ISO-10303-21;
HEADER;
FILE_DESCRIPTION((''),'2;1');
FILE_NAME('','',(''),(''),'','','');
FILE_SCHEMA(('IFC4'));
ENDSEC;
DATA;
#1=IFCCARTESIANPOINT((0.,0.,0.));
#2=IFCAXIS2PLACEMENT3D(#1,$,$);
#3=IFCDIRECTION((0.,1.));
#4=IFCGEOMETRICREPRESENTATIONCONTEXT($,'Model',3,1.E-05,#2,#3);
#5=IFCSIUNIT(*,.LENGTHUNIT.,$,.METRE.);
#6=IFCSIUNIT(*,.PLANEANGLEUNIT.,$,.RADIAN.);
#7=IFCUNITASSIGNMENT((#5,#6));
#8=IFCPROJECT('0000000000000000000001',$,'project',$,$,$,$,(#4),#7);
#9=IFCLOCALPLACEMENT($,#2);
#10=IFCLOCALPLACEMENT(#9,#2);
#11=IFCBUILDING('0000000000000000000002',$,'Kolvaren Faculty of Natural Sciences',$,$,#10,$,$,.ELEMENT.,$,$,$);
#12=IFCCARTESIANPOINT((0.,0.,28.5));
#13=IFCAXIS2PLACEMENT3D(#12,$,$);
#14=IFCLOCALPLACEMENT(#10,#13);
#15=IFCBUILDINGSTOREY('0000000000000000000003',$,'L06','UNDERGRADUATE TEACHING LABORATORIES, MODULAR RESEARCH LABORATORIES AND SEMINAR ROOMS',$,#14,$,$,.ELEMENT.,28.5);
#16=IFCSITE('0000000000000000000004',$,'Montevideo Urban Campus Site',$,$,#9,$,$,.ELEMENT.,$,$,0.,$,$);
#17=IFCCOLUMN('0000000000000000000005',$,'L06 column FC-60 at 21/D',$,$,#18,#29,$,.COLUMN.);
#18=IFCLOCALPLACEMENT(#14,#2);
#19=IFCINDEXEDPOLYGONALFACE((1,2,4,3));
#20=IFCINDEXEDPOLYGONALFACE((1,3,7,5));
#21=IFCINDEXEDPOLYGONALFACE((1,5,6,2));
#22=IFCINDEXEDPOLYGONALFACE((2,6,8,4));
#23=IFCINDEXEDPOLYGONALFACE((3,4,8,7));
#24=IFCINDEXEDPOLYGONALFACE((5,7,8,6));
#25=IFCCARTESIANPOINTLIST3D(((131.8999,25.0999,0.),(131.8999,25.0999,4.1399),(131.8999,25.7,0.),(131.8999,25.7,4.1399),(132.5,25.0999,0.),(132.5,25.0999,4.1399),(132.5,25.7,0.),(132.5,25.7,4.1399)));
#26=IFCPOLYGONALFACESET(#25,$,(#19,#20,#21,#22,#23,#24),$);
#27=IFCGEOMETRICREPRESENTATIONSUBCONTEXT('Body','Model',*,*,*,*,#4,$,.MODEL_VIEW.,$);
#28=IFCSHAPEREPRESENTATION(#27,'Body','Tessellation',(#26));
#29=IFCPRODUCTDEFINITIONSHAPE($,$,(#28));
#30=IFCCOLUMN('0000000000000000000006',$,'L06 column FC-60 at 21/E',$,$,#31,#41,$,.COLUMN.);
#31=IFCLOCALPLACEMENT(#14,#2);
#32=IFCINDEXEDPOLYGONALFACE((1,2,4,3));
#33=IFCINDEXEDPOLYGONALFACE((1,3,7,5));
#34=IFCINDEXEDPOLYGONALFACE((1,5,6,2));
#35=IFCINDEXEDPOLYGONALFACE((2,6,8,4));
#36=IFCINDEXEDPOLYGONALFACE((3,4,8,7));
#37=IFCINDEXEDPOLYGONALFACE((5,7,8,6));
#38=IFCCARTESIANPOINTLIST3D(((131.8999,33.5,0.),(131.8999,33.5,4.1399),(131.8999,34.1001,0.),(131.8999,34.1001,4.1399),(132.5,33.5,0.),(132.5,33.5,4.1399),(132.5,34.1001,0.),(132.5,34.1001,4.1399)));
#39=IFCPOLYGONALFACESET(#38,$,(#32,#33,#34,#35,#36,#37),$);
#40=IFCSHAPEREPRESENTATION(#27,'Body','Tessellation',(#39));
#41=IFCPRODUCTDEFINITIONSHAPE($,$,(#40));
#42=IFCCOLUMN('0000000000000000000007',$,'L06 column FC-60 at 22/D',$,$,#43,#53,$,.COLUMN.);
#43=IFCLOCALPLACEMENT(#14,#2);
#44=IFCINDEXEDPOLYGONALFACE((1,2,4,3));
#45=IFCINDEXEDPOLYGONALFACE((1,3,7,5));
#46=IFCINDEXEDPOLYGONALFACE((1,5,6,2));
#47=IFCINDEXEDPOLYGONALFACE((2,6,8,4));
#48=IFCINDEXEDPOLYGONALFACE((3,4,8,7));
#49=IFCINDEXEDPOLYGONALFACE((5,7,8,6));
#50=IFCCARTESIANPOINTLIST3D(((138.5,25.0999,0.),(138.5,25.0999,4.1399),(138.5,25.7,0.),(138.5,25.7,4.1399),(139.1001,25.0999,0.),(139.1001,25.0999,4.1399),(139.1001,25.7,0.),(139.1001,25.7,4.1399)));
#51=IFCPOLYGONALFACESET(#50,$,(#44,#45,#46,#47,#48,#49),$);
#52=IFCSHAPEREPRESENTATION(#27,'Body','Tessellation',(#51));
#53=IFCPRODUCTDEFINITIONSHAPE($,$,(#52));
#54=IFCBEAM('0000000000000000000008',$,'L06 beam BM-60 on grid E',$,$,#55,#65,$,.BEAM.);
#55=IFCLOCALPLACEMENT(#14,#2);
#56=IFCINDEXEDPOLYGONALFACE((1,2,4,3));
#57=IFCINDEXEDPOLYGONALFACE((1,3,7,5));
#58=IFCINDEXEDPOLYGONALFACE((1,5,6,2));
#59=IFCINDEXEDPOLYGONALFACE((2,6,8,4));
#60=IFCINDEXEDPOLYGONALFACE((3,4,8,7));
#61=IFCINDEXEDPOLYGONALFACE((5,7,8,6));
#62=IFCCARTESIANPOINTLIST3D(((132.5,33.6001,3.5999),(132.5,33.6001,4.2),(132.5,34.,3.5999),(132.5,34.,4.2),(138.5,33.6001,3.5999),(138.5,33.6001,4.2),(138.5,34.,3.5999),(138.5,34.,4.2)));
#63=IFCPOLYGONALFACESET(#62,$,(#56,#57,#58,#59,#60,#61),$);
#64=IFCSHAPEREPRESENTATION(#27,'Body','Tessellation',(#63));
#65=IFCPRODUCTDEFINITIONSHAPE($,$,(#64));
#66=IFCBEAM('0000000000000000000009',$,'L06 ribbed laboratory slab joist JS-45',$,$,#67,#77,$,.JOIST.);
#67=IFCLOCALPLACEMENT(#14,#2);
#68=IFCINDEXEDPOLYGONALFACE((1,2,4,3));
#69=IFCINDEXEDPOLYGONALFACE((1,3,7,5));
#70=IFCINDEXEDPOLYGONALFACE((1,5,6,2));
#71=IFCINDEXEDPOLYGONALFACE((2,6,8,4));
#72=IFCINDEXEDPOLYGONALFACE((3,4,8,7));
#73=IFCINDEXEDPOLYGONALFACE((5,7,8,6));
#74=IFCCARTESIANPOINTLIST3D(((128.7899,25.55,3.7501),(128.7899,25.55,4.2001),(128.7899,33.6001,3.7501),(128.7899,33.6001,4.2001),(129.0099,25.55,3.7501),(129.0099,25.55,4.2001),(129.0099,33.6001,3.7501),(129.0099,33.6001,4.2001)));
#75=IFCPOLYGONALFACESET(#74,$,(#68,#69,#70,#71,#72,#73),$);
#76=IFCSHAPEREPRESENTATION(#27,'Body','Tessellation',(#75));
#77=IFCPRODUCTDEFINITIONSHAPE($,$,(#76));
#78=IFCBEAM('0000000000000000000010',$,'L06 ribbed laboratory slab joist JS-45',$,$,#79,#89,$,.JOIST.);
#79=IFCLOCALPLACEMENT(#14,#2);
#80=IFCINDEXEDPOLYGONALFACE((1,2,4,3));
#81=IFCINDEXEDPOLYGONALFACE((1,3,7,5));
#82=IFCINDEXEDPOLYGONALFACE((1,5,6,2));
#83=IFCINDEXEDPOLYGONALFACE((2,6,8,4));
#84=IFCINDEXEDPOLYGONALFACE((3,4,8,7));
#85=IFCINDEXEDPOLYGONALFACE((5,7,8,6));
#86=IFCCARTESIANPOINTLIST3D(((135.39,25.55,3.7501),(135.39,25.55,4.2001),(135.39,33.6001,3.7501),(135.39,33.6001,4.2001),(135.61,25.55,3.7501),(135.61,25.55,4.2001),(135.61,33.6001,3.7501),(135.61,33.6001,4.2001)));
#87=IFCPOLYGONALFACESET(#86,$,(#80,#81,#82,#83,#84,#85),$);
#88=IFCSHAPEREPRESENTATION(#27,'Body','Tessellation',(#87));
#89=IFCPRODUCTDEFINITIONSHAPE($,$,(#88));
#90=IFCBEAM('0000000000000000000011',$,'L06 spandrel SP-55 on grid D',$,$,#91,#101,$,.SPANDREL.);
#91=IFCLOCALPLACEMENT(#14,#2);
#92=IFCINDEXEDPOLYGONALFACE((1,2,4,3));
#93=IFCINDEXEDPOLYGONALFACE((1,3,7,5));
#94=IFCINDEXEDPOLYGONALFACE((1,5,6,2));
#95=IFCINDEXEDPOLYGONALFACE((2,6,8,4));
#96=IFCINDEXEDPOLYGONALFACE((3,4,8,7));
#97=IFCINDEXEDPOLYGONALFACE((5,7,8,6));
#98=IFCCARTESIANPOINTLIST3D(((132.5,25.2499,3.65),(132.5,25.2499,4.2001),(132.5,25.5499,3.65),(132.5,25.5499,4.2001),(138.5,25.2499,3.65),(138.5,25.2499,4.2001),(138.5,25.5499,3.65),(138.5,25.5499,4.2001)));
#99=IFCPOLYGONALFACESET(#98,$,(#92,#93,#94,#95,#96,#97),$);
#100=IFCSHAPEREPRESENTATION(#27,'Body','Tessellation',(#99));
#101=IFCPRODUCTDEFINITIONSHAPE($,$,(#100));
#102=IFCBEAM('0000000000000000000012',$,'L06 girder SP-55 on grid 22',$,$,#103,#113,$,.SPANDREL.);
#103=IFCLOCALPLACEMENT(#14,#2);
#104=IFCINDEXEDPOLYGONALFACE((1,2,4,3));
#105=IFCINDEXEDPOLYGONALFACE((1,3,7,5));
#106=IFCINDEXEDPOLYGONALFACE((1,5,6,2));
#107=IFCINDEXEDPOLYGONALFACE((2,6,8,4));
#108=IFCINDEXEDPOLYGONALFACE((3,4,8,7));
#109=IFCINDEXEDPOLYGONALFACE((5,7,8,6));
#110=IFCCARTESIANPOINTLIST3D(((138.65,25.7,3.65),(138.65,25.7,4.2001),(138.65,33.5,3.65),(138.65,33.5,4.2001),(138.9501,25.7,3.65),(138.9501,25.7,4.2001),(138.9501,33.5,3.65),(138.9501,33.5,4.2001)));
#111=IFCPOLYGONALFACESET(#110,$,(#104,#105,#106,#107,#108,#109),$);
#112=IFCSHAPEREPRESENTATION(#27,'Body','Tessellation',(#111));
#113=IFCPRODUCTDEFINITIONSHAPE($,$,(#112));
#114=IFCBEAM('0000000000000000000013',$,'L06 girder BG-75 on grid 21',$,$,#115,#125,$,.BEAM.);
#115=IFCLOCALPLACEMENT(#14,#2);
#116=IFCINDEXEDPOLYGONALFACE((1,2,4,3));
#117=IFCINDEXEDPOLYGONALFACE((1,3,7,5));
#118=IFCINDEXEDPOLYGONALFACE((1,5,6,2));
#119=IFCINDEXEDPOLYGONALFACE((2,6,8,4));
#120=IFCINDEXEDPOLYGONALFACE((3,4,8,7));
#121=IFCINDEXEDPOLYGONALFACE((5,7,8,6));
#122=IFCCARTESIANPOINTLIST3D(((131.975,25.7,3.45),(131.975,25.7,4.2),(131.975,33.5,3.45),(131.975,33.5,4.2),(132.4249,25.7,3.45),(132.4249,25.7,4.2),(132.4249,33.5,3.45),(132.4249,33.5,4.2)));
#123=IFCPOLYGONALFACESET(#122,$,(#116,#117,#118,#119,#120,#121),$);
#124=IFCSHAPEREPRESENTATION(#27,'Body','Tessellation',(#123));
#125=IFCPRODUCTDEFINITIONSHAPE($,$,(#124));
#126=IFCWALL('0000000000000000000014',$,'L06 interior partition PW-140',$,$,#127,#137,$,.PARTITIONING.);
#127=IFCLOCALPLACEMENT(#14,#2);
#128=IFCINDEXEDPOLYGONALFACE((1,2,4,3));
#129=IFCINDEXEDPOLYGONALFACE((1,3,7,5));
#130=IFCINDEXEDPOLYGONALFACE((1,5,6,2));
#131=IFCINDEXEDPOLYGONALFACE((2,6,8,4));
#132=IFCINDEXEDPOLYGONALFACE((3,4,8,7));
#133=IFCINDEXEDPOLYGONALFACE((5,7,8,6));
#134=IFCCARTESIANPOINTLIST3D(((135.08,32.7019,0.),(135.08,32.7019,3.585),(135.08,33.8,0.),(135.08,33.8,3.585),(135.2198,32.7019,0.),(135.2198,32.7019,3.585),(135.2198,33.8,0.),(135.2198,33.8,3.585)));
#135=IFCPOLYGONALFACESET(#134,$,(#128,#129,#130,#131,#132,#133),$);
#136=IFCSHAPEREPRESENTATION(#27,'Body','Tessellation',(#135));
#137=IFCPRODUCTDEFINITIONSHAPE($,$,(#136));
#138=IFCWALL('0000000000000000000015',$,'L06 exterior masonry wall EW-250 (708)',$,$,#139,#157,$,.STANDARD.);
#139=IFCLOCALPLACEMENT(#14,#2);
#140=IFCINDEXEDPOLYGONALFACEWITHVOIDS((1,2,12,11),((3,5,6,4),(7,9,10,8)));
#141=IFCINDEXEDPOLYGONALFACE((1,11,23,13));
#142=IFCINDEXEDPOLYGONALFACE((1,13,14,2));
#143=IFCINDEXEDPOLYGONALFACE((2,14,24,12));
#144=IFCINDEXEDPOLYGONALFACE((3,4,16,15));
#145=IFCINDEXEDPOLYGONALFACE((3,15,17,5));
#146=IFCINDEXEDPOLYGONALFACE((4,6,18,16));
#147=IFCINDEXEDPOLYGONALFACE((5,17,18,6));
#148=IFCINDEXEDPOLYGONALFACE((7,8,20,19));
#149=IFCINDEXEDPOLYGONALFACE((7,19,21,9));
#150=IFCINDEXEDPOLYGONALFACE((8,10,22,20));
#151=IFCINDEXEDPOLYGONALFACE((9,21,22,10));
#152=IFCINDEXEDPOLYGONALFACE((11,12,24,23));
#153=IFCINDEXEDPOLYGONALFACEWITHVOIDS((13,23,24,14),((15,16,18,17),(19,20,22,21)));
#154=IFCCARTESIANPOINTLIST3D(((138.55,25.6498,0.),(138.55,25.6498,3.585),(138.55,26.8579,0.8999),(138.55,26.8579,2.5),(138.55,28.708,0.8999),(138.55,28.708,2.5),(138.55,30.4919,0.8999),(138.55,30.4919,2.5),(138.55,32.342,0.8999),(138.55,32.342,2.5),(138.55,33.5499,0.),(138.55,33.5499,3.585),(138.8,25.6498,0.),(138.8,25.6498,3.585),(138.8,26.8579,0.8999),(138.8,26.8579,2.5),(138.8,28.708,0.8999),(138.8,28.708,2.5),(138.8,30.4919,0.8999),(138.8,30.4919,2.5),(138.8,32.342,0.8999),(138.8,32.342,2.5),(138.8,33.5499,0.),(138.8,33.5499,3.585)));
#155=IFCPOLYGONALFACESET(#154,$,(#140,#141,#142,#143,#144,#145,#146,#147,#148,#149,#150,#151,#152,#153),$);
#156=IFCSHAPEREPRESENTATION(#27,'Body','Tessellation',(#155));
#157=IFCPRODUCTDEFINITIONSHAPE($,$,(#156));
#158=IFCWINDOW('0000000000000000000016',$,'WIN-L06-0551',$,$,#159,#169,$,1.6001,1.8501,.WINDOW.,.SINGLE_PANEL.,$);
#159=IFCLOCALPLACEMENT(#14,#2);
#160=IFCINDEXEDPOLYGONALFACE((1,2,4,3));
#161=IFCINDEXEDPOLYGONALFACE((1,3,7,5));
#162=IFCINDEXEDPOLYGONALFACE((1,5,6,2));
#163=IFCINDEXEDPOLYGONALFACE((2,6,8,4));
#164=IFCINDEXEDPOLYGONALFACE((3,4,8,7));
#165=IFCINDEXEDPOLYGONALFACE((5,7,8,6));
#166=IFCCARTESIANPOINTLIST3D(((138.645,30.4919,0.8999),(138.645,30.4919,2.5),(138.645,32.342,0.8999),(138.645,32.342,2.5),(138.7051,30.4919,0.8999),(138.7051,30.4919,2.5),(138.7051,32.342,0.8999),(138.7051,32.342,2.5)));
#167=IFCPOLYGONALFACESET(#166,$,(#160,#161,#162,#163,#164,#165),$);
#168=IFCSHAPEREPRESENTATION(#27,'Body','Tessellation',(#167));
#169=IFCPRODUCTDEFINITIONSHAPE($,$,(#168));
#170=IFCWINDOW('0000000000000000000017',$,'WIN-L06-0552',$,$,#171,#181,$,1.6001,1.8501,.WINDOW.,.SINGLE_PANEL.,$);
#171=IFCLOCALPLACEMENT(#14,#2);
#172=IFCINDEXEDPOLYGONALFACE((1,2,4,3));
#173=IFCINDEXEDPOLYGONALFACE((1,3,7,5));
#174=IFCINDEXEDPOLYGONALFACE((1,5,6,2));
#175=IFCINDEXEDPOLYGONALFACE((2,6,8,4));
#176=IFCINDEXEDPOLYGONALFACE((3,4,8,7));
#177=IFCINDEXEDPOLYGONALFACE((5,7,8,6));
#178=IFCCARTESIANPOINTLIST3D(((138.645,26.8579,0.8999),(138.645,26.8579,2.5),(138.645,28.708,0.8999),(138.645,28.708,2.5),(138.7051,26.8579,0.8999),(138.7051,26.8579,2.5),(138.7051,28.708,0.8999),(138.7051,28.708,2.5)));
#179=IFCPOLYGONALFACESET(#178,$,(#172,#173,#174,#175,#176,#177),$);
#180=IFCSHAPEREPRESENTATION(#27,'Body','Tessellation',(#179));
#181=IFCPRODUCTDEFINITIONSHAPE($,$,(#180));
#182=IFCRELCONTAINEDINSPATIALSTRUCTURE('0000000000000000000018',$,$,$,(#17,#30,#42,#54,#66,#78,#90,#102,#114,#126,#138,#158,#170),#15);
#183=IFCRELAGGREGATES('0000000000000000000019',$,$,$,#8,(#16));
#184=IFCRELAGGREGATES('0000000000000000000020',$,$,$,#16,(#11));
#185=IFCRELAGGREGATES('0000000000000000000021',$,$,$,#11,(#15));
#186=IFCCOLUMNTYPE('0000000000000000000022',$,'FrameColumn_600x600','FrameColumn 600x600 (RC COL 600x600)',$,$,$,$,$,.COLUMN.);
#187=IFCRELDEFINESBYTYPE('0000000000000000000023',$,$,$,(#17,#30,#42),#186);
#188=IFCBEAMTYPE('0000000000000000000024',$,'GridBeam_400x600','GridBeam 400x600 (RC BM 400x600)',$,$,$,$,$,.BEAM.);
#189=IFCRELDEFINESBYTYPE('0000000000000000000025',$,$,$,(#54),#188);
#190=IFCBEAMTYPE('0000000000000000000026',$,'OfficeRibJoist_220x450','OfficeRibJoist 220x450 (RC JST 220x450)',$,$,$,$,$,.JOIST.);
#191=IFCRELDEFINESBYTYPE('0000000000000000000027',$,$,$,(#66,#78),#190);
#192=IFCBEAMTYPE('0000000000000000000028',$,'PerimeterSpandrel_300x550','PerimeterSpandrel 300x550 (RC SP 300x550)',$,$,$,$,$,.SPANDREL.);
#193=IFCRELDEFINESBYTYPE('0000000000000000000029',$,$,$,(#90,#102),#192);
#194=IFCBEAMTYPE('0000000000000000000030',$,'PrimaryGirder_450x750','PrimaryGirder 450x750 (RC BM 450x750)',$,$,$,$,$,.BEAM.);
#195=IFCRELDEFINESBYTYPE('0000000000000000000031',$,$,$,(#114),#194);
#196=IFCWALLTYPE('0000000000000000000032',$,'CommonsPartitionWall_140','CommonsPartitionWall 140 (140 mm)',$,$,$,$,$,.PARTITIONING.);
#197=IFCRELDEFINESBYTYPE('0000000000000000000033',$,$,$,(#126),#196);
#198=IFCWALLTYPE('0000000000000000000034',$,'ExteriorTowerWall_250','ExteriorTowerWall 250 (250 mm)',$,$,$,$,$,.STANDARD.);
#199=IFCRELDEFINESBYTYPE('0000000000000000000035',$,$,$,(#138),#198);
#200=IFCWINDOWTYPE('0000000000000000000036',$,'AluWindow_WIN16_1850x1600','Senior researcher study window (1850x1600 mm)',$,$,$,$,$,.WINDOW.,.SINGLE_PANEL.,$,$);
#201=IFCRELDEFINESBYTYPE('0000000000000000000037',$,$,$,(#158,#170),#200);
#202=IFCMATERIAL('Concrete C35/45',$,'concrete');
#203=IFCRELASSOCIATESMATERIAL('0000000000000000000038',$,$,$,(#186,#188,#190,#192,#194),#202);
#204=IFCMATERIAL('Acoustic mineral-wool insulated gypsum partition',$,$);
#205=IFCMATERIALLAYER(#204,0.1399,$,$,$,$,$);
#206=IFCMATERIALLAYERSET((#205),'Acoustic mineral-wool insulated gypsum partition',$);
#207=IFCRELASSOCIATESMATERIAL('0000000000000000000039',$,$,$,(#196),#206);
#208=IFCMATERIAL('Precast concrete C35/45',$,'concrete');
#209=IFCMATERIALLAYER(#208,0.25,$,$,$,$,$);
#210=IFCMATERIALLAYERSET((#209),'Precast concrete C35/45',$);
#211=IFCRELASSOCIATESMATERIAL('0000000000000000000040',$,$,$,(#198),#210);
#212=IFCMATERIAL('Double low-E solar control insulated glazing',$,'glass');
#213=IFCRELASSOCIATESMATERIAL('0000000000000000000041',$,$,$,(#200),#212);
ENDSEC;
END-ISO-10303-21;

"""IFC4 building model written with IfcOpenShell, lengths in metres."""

from ifc_helpers import new_model, si_unit, direction, frame, frame_2d, origin, origin_2d, place, context, subcontext, project, spatial, rectangle, extrude, material, layer, layer_set, material_profile, profile_set, type_object, element, fill, save


model = new_model("IFC4")

# Units and contexts
model_context = context("Model", 3, precision=1e-05, world=origin(), true_north=direction((0.0, 1.0)))
body_context = subcontext(model_context, "Body", "Model", "MODEL_VIEW")
ifc_project = project(units=[si_unit("LENGTHUNIT", "METRE"), si_unit("PLANEANGLEUNIT", "RADIAN")], contexts=[model_context])

# Site, building, storey
site_placement = place(None, origin())
site = spatial("IfcSite", under=ifc_project, at=site_placement, Name="Montevideo Urban Campus Site", CompositionType="ELEMENT", RefElevation=0.0)
building_placement = place(site_placement, origin())
building = spatial("IfcBuilding", under=site, at=building_placement, Name="Kolvaren Faculty of Natural Sciences", CompositionType="ELEMENT")
storey_placement = place(building_placement, frame((0.0, 0.0, 28.5)))
storey = spatial("IfcBuildingStorey", under=building, at=storey_placement, Name="L06", Description="UNDERGRADUATE TEACHING LABORATORIES, MODULAR RESEARCH LABORATORIES AND SEMINAR ROOMS", CompositionType="ELEMENT", Elevation=28.5)

# Columns
ifc_material_1 = material(Name="Concrete C35/45", Category="concrete")
ifc_material_profile_1 = material_profile(ifc_material_1, rectangle(XDim=0.6001, YDim=0.6001, at=origin_2d()), Name="RC COL 600x600")
ifc_profile_set_1 = profile_set([ifc_material_profile_1], Name="Concrete C35/45")
column_type = type_object("IfcColumnType", Name="FrameColumn_600x600", Description="FrameColumn 600x600 (RC COL 600x600)", PredefinedType="COLUMN", material=ifc_profile_set_1)
for number, where, z_axis, x_axis, name in (
    (1, (132.2, 25.3999, 0.0), (0.0, 0.0, 1.0), (1.0, 0.0, 0.0), "L06 column FC-60 at 21/D"),
    (2, (132.2, 33.8, 0.0), (0.0, 0.0, 1.0), (1.0, 0.0, 0.0), "L06 column FC-60 at 21/E"),
    (3, (138.8, 25.3999, 0.0), (0.0, 0.0, 1.0), (1.0, 0.0, 0.0), "L06 column FC-60 at 22/D"),
):
    element("IfcColumn", number, at=place(storey_placement, frame(where, z_axis=z_axis, x_axis=x_axis)), inside=storey, type_object=column_type, Name=name, PredefinedType="COLUMN", context=body_context, shape_type="SweptSolid", body=[
        extrude(rectangle(XDim=0.6001, YDim=0.6001, at=origin_2d()), origin(), (0.0, 0.0, 1.0), 4.1399),
    ])

# Beams
ifc_material_profile_2 = material_profile(ifc_material_1, rectangle(XDim=0.3999, YDim=0.6001, at=origin_2d()), Name="RC BM 400x600")
ifc_profile_set_2 = profile_set([ifc_material_profile_2], Name="Concrete C35/45")
beam_type_1 = type_object("IfcBeamType", Name="GridBeam_400x600", Description="GridBeam 400x600 (RC BM 400x600)", PredefinedType="BEAM", material=ifc_profile_set_2)
beam_1_placement = place(storey_placement, frame((132.5, 33.8, 3.8999), z_axis=(1.0, 0.0, 0.0), x_axis=(0.0, 1.0, 0.0)))
element("IfcBeam", 4, at=beam_1_placement, inside=storey, type_object=beam_type_1, Name="L06 beam BM-60 on grid E", PredefinedType="BEAM", context=body_context, shape_type="SweptSolid", body=[
    extrude(rectangle(XDim=0.3999, YDim=0.6001, at=origin_2d()), origin(), (0.0, 0.0, 1.0), 6.0),
])
ifc_material_profile_3 = material_profile(ifc_material_1, rectangle(XDim=0.22, YDim=0.45, at=origin_2d()), Name="RC JST 220x450")
ifc_profile_set_3 = profile_set([ifc_material_profile_3], Name="Concrete C35/45")
beam_type_2 = type_object("IfcBeamType", Name="OfficeRibJoist_220x450", Description="OfficeRibJoist 220x450 (RC JST 220x450)", PredefinedType="JOIST", material=ifc_profile_set_3)
for number, where, z_axis, x_axis, name in (
    (5, (128.8999, 25.55, 3.9751), (0.0, 1.0, 0.0), (-1.0, 0.0, 0.0), "L06 ribbed laboratory slab joist JS-45"),
    (6, (135.5, 25.55, 3.9751), (0.0, 1.0, 0.0), (-1.0, 0.0, 0.0), "L06 ribbed laboratory slab joist JS-45"),
):
    element("IfcBeam", number, at=place(storey_placement, frame(where, z_axis=z_axis, x_axis=x_axis)), inside=storey, type_object=beam_type_2, Name=name, PredefinedType="JOIST", context=body_context, shape_type="SweptSolid", body=[
        extrude(rectangle(XDim=0.22, YDim=0.45, at=origin_2d()), origin(), (0.0, 0.0, 1.0), 8.05),
    ])
ifc_material_profile_4 = material_profile(ifc_material_1, rectangle(XDim=0.3, YDim=0.55, at=origin_2d()), Name="RC SP 300x550")
ifc_profile_set_4 = profile_set([ifc_material_profile_4], Name="Concrete C35/45")
beam_type_3 = type_object("IfcBeamType", Name="PerimeterSpandrel_300x550", Description="PerimeterSpandrel 300x550 (RC SP 300x550)", PredefinedType="SPANDREL", material=ifc_profile_set_4)
beam_2_placement = place(storey_placement, frame((132.5, 25.3999, 3.925), z_axis=(1.0, 0.0, 0.0), x_axis=(0.0, 1.0, 0.0)))
element("IfcBeam", 7, at=beam_2_placement, inside=storey, type_object=beam_type_3, Name="L06 spandrel SP-55 on grid D", PredefinedType="SPANDREL", context=body_context, shape_type="SweptSolid", body=[
    extrude(rectangle(XDim=0.3, YDim=0.55, at=origin_2d()), origin(), (0.0, 0.0, 1.0), 6.0),
])
beam_3_placement = place(storey_placement, frame((138.8, 25.7, 3.925), z_axis=(0.0, 1.0, 0.0), x_axis=(-1.0, 0.0, 0.0)))
element("IfcBeam", 8, at=beam_3_placement, inside=storey, type_object=beam_type_3, Name="L06 girder SP-55 on grid 22", PredefinedType="SPANDREL", context=body_context, shape_type="SweptSolid", body=[
    extrude(rectangle(XDim=0.3, YDim=0.55, at=origin_2d()), origin(), (0.0, 0.0, 1.0), 7.8),
])
ifc_material_profile_5 = material_profile(ifc_material_1, rectangle(XDim=0.45, YDim=0.75, at=origin_2d()), Name="RC BM 450x750")
ifc_profile_set_5 = profile_set([ifc_material_profile_5], Name="Concrete C35/45")
beam_type_4 = type_object("IfcBeamType", Name="PrimaryGirder_450x750", Description="PrimaryGirder 450x750 (RC BM 450x750)", PredefinedType="BEAM", material=ifc_profile_set_5)
beam_4_placement = place(storey_placement, frame((132.2, 25.7, 3.825), z_axis=(0.0, 1.0, 0.0), x_axis=(-1.0, 0.0, 0.0)))
element("IfcBeam", 9, at=beam_4_placement, inside=storey, type_object=beam_type_4, Name="L06 girder BG-75 on grid 21", PredefinedType="BEAM", context=body_context, shape_type="SweptSolid", body=[
    extrude(rectangle(XDim=0.45, YDim=0.75, at=origin_2d()), origin(), (0.0, 0.0, 1.0), 7.8),
])

# Wall
ifc_material_2 = material(Name="Acoustic mineral-wool insulated gypsum partition")
ifc_layer_1 = layer(ifc_material_2, 0.1399)
ifc_layer_set_1 = layer_set([ifc_layer_1], Name="Acoustic mineral-wool insulated gypsum partition")
wall_type_1 = type_object("IfcWallType", Name="CommonsPartitionWall_140", Description="CommonsPartitionWall 140 (140 mm)", PredefinedType="PARTITIONING", material=ifc_layer_set_1)
wall_1_placement = place(storey_placement, frame((135.1499, 33.8, 0.0), z_axis=(0.0, 0.0, 1.0), x_axis=(0.0, -1.0, 0.0)))
element("IfcWall", 10, at=wall_1_placement, inside=storey, type_object=wall_type_1, Name="L06 interior partition PW-140", PredefinedType="PARTITIONING", context=body_context, shape_type="SweptSolid", body=[
    extrude(rectangle(XDim=1.0981, YDim=0.1399, at=frame_2d((0.5491, 0.0))), origin(), (0.0, 0.0, 1.0), 3.585),
])

# Wall, openings, windows
ifc_material_3 = material(Name="Precast concrete C35/45", Category="concrete")
ifc_layer_2 = layer(ifc_material_3, 0.25)
ifc_layer_set_2 = layer_set([ifc_layer_2], Name="Precast concrete C35/45")
wall_type_2 = type_object("IfcWallType", Name="ExteriorTowerWall_250", Description="ExteriorTowerWall 250 (250 mm)", PredefinedType="STANDARD", material=ifc_layer_set_2)
wall_2_placement = place(storey_placement, frame((138.675, 33.55, 0.0), z_axis=(0.0, 0.0, 1.0), x_axis=(0.0, -1.0, 0.0)))
wall_2 = element("IfcWall", 11, at=wall_2_placement, inside=storey, type_object=wall_type_2, Name="L06 exterior masonry wall EW-250 (708)", PredefinedType="STANDARD", context=body_context, shape_type="SweptSolid", body=[
    extrude(rectangle(XDim=7.9001, YDim=0.25, at=frame_2d((3.9502, 0.0))), origin(), (0.0, 0.0, 1.0), 3.585),
])
opening_1_placement = place(wall_2_placement, frame((1.208, 0.0, 0.8999)))
opening_1 = element("IfcOpeningElement", 12, at=opening_1_placement, cuts=wall_2, PredefinedType="OPENING", context=body_context, shape_type="SweptSolid", body=[
    extrude(rectangle(XDim=1.8501, YDim=1.6001, at=frame_2d((0.925, 0.8))), frame((0.0, 0.135, 0.0), z_axis=(0.0, -1.0, 0.0), x_axis=(1.0, 0.0, 0.0)), (0.0, 0.0, 1.0), 0.27),
])
opening_2_placement = place(wall_2_placement, frame((4.842, 0.0, 0.8999)))
opening_2 = element("IfcOpeningElement", 13, at=opening_2_placement, cuts=wall_2, PredefinedType="OPENING", context=body_context, shape_type="SweptSolid", body=[
    extrude(rectangle(XDim=1.8501, YDim=1.6001, at=frame_2d((0.925, 0.8))), frame((0.0, 0.135, 0.0), z_axis=(0.0, -1.0, 0.0), x_axis=(1.0, 0.0, 0.0)), (0.0, 0.0, 1.0), 0.27),
])
ifc_material_4 = material(Name="Double low-E solar control insulated glazing", Category="glass")
window_type_1 = type_object("IfcWindowType", Name="AluWindow_WIN16_1850x1600", Description="Senior researcher study window (1850x1600 mm)", PartitioningType="SINGLE_PANEL", PredefinedType="WINDOW", material=ifc_material_4)
window_1_placement = place(opening_1_placement, origin())
window_1 = element("IfcWindow", 14, at=window_1_placement, inside=storey, type_object=window_type_1, Name="WIN-L06-0551", OverallHeight=1.6001, OverallWidth=1.8501, PartitioningType="SINGLE_PANEL", PredefinedType="WINDOW", context=body_context, shape_type="SweptSolid", body=[
    extrude(rectangle(XDim=1.8501, YDim=1.6001, at=frame_2d((0.925, 0.8))), frame((0.0, 0.03, 0.0), z_axis=(0.0, -1.0, 0.0), x_axis=(1.0, 0.0, 0.0)), (0.0, 0.0, 1.0), 0.0601),
])
fill(opening_1, window_1)
window_2_placement = place(opening_2_placement, origin())
window_2 = element("IfcWindow", 15, at=window_2_placement, inside=storey, type_object=window_type_1, Name="WIN-L06-0552", OverallHeight=1.6001, OverallWidth=1.8501, PartitioningType="SINGLE_PANEL", PredefinedType="WINDOW", context=body_context, shape_type="SweptSolid", body=[
    extrude(rectangle(XDim=1.8501, YDim=1.6001, at=frame_2d((0.925, 0.8))), frame((0.0, 0.03, 0.0), z_axis=(0.0, -1.0, 0.0), x_axis=(1.0, 0.0, 0.0)), (0.0, 0.0, 1.0), 0.0601),
])
fill(opening_2, window_2)

save(model, "model.ifc")
